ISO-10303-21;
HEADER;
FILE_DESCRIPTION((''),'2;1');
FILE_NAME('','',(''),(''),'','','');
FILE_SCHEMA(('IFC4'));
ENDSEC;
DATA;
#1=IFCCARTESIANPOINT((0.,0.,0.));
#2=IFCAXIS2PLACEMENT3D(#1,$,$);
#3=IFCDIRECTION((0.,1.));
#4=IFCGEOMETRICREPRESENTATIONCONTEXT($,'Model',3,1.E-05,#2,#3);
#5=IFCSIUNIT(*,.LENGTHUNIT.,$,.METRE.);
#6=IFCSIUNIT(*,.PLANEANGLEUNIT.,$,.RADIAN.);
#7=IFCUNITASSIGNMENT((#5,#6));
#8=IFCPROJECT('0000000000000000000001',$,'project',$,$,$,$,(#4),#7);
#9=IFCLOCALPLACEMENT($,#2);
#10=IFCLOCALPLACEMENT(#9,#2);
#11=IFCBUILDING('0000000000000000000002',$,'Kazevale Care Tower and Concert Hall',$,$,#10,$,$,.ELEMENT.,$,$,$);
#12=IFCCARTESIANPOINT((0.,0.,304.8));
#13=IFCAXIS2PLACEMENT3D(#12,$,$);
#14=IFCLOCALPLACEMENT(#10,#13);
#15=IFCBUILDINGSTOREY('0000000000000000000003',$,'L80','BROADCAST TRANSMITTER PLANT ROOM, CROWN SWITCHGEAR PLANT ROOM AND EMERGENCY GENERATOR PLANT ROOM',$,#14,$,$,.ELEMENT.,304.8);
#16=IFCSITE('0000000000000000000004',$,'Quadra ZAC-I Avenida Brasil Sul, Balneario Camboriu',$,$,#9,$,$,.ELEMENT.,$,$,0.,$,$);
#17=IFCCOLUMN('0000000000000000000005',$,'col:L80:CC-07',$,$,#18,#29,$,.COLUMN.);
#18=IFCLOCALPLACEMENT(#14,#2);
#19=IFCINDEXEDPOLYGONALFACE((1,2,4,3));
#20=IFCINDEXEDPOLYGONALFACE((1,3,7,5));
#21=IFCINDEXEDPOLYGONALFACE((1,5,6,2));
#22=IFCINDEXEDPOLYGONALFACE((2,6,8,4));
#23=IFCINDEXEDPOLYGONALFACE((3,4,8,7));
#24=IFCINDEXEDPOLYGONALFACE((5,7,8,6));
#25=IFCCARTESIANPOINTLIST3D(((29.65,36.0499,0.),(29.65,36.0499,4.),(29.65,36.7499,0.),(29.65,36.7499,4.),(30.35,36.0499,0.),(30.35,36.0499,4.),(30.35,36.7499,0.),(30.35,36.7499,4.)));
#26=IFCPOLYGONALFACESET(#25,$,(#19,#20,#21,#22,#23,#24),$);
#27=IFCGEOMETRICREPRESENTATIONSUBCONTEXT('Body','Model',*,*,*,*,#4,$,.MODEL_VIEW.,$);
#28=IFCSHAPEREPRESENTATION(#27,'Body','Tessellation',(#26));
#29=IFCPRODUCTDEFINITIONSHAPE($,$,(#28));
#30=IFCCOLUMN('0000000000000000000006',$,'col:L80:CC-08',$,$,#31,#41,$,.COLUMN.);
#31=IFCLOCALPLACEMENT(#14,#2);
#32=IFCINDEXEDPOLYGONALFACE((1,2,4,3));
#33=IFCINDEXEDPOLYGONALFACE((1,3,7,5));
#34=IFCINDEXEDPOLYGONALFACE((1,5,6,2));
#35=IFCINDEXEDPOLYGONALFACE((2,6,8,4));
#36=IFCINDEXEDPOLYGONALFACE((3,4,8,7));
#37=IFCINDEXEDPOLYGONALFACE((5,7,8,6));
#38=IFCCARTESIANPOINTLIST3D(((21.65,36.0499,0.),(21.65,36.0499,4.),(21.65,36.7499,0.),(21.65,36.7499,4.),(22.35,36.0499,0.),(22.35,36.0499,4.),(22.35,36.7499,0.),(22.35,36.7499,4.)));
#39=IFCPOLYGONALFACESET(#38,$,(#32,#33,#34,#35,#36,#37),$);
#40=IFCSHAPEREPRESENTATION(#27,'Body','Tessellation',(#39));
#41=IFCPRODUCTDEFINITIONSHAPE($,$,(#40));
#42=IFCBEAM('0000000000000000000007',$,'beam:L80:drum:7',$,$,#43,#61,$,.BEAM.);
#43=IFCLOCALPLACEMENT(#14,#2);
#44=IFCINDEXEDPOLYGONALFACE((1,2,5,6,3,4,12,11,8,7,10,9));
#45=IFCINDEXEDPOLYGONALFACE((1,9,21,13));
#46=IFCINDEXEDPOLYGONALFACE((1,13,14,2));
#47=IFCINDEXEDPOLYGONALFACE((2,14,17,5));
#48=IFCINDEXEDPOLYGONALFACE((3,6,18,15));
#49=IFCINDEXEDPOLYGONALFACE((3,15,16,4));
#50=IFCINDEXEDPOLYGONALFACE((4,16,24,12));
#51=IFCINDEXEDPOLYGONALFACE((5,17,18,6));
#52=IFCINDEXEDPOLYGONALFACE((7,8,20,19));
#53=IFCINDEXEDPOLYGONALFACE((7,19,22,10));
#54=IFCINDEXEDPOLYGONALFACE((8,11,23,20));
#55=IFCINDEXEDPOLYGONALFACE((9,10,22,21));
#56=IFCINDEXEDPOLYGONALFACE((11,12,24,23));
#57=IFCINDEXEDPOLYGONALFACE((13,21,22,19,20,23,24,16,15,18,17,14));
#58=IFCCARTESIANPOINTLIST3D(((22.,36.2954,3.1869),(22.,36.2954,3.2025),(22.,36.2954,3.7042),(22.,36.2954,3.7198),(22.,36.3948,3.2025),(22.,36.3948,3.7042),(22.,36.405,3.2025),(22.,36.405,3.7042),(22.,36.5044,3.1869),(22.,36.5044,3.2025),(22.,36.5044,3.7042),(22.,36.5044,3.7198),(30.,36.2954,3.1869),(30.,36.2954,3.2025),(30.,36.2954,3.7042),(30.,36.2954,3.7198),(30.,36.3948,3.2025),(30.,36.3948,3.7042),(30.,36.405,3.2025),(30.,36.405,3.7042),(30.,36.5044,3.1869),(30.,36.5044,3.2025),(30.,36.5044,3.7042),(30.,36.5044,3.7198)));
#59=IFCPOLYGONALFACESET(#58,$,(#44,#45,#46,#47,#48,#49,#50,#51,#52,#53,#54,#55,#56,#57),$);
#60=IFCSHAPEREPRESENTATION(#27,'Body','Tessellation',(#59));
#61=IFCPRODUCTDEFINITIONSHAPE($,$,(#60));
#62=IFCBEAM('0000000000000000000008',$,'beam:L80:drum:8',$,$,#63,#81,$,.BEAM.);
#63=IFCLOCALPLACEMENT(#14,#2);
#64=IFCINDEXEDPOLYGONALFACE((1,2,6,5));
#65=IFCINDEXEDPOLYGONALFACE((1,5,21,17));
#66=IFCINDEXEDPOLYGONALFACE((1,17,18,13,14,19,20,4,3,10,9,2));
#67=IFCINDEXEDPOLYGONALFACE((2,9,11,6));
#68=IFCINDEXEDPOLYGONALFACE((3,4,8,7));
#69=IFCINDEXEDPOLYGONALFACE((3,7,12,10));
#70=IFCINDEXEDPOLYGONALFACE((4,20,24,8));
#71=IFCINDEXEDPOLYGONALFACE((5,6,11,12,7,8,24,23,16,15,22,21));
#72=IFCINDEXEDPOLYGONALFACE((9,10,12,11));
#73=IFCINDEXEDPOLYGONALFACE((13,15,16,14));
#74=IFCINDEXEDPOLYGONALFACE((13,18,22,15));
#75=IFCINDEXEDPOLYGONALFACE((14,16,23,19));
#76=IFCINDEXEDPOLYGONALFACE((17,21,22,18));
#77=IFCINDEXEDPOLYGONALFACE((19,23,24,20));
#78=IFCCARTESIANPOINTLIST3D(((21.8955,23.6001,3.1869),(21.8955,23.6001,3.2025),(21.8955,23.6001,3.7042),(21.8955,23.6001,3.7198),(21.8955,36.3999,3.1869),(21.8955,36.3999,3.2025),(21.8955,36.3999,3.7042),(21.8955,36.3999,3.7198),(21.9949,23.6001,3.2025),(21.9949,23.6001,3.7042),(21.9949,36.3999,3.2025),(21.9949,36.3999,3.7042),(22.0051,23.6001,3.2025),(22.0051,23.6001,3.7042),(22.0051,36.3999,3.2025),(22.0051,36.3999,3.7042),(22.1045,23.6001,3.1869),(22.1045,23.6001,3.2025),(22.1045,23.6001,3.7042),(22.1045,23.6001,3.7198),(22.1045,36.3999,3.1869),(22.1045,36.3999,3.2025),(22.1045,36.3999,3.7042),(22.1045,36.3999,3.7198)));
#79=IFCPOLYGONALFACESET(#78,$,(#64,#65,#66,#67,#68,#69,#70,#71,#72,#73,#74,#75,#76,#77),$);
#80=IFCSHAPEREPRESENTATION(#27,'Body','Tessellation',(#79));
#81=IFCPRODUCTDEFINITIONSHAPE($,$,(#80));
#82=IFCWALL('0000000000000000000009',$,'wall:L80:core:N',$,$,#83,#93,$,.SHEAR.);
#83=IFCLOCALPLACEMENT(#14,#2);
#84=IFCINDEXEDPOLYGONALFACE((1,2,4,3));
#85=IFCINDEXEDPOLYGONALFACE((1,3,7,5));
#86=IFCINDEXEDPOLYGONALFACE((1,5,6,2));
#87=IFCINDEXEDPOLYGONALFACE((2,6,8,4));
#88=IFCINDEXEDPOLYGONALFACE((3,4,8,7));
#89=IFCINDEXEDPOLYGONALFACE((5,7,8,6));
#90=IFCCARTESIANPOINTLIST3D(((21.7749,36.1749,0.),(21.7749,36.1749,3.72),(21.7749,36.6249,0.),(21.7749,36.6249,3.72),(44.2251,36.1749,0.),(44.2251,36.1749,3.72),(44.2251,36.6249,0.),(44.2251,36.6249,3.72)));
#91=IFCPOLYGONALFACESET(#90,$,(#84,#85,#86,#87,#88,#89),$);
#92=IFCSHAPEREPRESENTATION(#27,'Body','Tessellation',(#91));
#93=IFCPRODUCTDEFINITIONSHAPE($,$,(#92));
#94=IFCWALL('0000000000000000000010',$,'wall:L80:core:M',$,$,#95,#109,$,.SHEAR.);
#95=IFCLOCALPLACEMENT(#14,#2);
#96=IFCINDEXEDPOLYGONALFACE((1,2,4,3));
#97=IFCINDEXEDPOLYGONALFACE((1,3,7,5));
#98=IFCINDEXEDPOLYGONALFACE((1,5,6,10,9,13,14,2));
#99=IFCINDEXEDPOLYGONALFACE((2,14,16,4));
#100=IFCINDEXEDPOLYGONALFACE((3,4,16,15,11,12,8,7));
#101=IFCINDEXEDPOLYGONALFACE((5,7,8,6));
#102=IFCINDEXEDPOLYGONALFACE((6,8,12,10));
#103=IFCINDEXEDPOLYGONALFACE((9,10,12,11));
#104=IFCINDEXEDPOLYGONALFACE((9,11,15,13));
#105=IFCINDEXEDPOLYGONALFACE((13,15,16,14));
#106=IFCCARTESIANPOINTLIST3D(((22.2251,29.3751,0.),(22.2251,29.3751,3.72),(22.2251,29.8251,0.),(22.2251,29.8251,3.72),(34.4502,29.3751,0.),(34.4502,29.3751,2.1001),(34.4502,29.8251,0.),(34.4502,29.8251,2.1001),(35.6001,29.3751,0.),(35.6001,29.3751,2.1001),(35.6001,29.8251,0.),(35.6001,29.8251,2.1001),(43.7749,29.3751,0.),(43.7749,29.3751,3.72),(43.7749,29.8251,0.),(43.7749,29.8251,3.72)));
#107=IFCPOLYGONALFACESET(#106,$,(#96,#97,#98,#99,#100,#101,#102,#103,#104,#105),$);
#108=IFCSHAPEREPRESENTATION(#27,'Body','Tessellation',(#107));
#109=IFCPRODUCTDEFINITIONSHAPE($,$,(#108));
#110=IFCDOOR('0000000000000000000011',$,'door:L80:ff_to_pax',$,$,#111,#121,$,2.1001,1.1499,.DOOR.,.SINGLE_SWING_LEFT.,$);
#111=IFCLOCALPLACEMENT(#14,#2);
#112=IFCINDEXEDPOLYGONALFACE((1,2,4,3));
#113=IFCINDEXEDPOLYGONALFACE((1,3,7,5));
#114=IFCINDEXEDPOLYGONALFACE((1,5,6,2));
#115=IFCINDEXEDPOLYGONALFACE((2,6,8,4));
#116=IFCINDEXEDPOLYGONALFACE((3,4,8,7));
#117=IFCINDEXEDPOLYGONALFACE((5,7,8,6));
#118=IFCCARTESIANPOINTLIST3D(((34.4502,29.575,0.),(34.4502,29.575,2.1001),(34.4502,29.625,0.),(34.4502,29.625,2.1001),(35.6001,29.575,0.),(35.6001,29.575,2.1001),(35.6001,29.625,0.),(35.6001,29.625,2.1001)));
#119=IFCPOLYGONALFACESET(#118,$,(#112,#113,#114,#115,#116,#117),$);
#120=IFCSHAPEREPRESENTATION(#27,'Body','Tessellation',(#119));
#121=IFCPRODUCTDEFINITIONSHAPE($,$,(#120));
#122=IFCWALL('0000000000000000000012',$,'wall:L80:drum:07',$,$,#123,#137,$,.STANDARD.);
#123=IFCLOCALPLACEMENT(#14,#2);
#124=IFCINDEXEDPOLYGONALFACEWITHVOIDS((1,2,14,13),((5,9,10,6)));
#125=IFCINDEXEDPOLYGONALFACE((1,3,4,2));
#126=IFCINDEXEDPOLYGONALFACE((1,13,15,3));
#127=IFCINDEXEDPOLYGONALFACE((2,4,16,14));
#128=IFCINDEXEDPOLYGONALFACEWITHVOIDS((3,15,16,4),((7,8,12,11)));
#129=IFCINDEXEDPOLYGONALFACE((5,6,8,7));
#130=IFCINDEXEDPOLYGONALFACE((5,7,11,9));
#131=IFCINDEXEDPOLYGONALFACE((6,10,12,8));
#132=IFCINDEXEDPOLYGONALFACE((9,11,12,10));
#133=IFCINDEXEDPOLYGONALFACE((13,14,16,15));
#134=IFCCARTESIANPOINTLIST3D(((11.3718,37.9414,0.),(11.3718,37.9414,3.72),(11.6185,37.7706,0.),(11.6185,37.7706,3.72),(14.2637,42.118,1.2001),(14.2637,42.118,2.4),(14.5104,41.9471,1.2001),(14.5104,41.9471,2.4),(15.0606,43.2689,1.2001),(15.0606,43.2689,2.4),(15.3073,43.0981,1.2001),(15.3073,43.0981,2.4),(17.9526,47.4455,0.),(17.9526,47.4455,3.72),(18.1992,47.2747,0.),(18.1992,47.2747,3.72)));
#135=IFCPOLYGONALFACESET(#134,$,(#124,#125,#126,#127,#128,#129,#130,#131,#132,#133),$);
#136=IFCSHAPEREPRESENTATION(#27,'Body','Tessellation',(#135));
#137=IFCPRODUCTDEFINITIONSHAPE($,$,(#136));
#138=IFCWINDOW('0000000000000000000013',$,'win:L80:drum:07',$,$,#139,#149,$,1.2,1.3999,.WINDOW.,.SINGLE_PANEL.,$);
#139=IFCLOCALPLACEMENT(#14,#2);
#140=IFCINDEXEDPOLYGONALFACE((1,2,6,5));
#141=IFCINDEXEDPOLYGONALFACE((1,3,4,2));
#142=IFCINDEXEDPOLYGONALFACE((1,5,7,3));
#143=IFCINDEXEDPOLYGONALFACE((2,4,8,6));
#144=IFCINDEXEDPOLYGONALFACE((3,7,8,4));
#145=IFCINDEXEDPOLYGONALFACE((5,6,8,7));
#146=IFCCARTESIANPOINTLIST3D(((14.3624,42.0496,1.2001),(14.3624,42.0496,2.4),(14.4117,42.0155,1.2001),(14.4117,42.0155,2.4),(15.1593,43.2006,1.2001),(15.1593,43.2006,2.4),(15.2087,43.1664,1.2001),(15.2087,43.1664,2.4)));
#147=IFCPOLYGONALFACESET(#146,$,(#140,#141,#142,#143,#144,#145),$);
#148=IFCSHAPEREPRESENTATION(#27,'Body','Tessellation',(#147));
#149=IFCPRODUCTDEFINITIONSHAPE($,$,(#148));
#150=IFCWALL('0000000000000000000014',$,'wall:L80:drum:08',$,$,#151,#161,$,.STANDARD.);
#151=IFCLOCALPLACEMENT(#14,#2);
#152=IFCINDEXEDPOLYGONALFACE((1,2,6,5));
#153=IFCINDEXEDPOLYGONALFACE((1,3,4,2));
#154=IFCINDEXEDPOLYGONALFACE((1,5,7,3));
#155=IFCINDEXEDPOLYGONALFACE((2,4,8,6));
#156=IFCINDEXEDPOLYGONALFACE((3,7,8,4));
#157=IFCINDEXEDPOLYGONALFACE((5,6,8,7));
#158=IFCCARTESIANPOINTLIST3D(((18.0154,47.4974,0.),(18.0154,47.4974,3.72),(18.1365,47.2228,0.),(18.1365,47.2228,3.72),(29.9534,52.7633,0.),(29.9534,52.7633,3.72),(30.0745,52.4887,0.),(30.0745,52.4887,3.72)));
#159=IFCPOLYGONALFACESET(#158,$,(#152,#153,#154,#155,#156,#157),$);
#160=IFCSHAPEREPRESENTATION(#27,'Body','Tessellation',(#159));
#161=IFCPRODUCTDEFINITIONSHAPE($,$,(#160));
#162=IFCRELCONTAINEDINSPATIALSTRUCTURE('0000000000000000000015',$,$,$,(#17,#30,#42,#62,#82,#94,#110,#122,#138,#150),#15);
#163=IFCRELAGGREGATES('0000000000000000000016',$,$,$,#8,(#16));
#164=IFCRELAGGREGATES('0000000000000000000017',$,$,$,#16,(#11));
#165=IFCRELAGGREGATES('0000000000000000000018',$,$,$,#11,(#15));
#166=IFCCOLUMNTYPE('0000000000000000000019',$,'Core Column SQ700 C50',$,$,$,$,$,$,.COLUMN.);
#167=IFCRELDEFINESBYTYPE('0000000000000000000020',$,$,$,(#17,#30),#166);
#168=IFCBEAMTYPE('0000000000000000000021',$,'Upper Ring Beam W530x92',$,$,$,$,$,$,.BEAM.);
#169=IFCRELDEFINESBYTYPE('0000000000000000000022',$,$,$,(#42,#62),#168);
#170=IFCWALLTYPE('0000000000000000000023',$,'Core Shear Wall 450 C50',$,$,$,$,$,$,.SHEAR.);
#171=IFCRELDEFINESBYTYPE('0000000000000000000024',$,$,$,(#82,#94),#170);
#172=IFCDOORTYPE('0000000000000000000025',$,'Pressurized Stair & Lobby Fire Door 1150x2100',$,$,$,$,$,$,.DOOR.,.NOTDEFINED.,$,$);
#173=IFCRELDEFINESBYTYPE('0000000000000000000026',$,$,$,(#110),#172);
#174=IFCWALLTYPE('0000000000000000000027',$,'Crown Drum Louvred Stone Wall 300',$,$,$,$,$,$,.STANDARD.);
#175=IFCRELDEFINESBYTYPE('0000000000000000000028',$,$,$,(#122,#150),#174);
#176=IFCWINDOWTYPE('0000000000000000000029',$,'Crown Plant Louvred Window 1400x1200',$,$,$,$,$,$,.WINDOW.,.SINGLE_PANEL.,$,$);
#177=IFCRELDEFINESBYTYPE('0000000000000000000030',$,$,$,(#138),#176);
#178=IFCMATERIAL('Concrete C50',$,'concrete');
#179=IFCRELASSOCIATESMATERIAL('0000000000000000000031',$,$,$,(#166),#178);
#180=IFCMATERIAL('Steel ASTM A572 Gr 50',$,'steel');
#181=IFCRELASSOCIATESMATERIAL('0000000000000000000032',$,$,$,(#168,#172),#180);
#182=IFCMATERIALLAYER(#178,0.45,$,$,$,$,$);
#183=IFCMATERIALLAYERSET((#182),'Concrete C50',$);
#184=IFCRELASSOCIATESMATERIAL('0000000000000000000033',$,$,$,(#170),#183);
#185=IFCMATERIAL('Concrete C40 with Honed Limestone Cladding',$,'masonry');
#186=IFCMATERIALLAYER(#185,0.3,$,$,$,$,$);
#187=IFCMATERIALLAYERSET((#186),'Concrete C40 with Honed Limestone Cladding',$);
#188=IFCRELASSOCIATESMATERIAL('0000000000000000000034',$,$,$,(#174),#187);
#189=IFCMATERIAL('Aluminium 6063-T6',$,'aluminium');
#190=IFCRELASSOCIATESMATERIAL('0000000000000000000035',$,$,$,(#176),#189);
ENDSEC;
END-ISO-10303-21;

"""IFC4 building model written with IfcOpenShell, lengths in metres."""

from ifc_helpers import new_model, si_unit, direction, frame, frame_2d, origin, origin_2d, place, context, subcontext, project, spatial, rectangle, i_section, extrude, material, layer, layer_set, material_profile, profile_set, type_object, element, fill, save


model = new_model("IFC4")

# Units and contexts
model_context = context("Model", 3, precision=1e-05, world=origin(), true_north=direction((0.0, 1.0)))
body_context = subcontext(model_context, "Body", "Model", "MODEL_VIEW")
ifc_project = project(units=[si_unit("LENGTHUNIT", "METRE"), si_unit("PLANEANGLEUNIT", "RADIAN")], contexts=[model_context])

# Site, building, storey
site_placement = place(None, origin())
site = spatial("IfcSite", under=ifc_project, at=site_placement, Name="Quadra ZAC-I Avenida Brasil Sul, Balneario Camboriu", CompositionType="ELEMENT", RefElevation=0.0)
building_placement = place(site_placement, origin())
building = spatial("IfcBuilding", under=site, at=building_placement, Name="Kazevale Care Tower and Concert Hall", CompositionType="ELEMENT")
storey_placement = place(building_placement, frame((0.0, 0.0, 304.8)))
storey = spatial("IfcBuildingStorey", under=building, at=storey_placement, Name="L80", Description="BROADCAST TRANSMITTER PLANT ROOM, CROWN SWITCHGEAR PLANT ROOM AND EMERGENCY GENERATOR PLANT ROOM", CompositionType="ELEMENT", Elevation=304.8)

# Columns
ifc_material_1 = material(Name="Concrete C50", Category="concrete")
ifc_material_profile_1 = material_profile(ifc_material_1, rectangle(XDim=0.7, YDim=0.7, at=origin_2d()), Name="RC-SQ700")
ifc_profile_set_1 = profile_set([ifc_material_profile_1], Name="Concrete C50")
column_type = type_object("IfcColumnType", Name="Core Column SQ700 C50", PredefinedType="COLUMN", material=ifc_profile_set_1)
for number, where, z_axis, x_axis, name in (
    (1, (30.0, 36.3999, 0.0), (0.0, 0.0, 1.0), (1.0, 0.0, 0.0), "col:L80:CC-07"),
    (2, (22.0, 36.3999, 0.0), (0.0, 0.0, 1.0), (1.0, 0.0, 0.0), "col:L80:CC-08"),
):
    element("IfcColumn", number, at=place(storey_placement, frame(where, z_axis=z_axis, x_axis=x_axis)), inside=storey, type_object=column_type, Name=name, PredefinedType="COLUMN", context=body_context, shape_type="SweptSolid", body=[
        extrude(rectangle(XDim=0.7, YDim=0.7, at=origin_2d()), origin(), (0.0, 0.0, 1.0), 4.0),
    ])

# Beams
ifc_material_2 = material(Name="Steel ASTM A572 Gr 50", Category="steel")
ifc_material_profile_2 = material_profile(ifc_material_2, i_section(OverallWidth=0.209, OverallDepth=0.533, WebThickness=0.0103, FlangeThickness=0.0156, at=origin_2d()), Name="W530x92")
ifc_profile_set_2 = profile_set([ifc_material_profile_2], Name="Steel ASTM A572 Gr 50")
beam_type = type_object("IfcBeamType", Name="Upper Ring Beam W530x92", PredefinedType="BEAM", material=ifc_profile_set_2)
beam_1_placement = place(storey_placement, frame((30.0, 36.3999, 3.4534), z_axis=(-1.0, 0.0, 0.0), x_axis=(0.0, -1.0, 0.0)))
element("IfcBeam", 3, at=beam_1_placement, inside=storey, type_object=beam_type, Name="beam:L80:drum:7", PredefinedType="BEAM", context=body_context, shape_type="SweptSolid", body=[
    extrude(i_section(OverallWidth=0.209, OverallDepth=0.533, WebThickness=0.0103, FlangeThickness=0.0156, at=origin_2d()), origin(), (0.0, 0.0, 1.0), 8.0),
])
beam_2_placement = place(storey_placement, frame((22.0, 36.3999, 3.4534), z_axis=(0.0, -1.0, 0.0), x_axis=(1.0, 0.0, 0.0)))
element("IfcBeam", 4, at=beam_2_placement, inside=storey, type_object=beam_type, Name="beam:L80:drum:8", PredefinedType="BEAM", context=body_context, shape_type="SweptSolid", body=[
    extrude(i_section(OverallWidth=0.209, OverallDepth=0.533, WebThickness=0.0103, FlangeThickness=0.0156, at=origin_2d()), origin(), (0.0, 0.0, 1.0), 12.7998),
])

# Wall
ifc_layer_1 = layer(ifc_material_1, 0.45)
ifc_layer_set_1 = layer_set([ifc_layer_1], Name="Concrete C50")
wall_type_1 = type_object("IfcWallType", Name="Core Shear Wall 450 C50", PredefinedType="SHEAR", material=ifc_layer_set_1)
wall_1_placement = place(storey_placement, frame((21.7749, 36.3999, 0.0), z_axis=(0.0, 0.0, 1.0), x_axis=(1.0, 0.0, 0.0)))
element("IfcWall", 5, at=wall_1_placement, inside=storey, type_object=wall_type_1, Name="wall:L80:core:N", PredefinedType="SHEAR", context=body_context, shape_type="SweptSolid", body=[
    extrude(rectangle(XDim=22.4502, YDim=0.45, at=frame_2d((11.2251, 0.0))), origin(), (0.0, 0.0, 1.0), 3.72),
])

# Wall, opening, door
wall_2_placement = place(storey_placement, frame((22.2251, 29.6001, 0.0), z_axis=(0.0, 0.0, 1.0), x_axis=(1.0, 0.0, 0.0)))
wall_2 = element("IfcWall", 6, at=wall_2_placement, inside=storey, type_object=wall_type_1, Name="wall:L80:core:M", PredefinedType="SHEAR", context=body_context, shape_type="SweptSolid", body=[
    extrude(rectangle(XDim=21.5498, YDim=0.45, at=frame_2d((10.7749, 0.0))), origin(), (0.0, 0.0, 1.0), 3.72),
])
opening_1_placement = place(wall_2_placement, frame((12.2251, 0.0, 0.0)))
opening_1 = element("IfcOpeningElement", 7, at=opening_1_placement, cuts=wall_2, PredefinedType="OPENING", context=body_context, shape_type="SweptSolid", body=[
    extrude(rectangle(XDim=1.1499, YDim=2.1001, at=frame_2d((0.575, 1.05))), frame((0.0, 0.2349, 0.0), z_axis=(0.0, -1.0, 0.0), x_axis=(1.0, 0.0, 0.0)), (0.0, 0.0, 1.0), 0.47),
])
door_type_1 = type_object("IfcDoorType", Name="Pressurized Stair & Lobby Fire Door 1150x2100", OperationType="NOTDEFINED", PredefinedType="DOOR", material=ifc_material_2)
door_1_placement = place(opening_1_placement, origin())
door_1 = element("IfcDoor", 8, at=door_1_placement, inside=storey, type_object=door_type_1, Name="door:L80:ff_to_pax", OperationType="SINGLE_SWING_LEFT", OverallHeight=2.1001, OverallWidth=1.1499, PredefinedType="DOOR", context=body_context, shape_type="SweptSolid", body=[
    extrude(rectangle(XDim=1.1499, YDim=2.1001, at=frame_2d((0.575, 1.05))), frame((0.0, 0.0249, 0.0), z_axis=(0.0, -1.0, 0.0), x_axis=(1.0, 0.0, 0.0)), (0.0, 0.0, 1.0), 0.05),
])
fill(opening_1, door_1)

# Wall, opening, window
ifc_material_3 = material(Name="Concrete C40 with Honed Limestone Cladding", Category="masonry")
ifc_layer_2 = layer(ifc_material_3, 0.3)
ifc_layer_set_2 = layer_set([ifc_layer_2], Name="Concrete C40 with Honed Limestone Cladding")
wall_type_2 = type_object("IfcWallType", Name="Crown Drum Louvred Stone Wall 300", PredefinedType="STANDARD", material=ifc_layer_set_2)
wall_3_placement = place(storey_placement, frame((11.4951, 37.856, 0.0), z_axis=(0.0, 0.0, 1.0), x_axis=(0.569269, 0.822151, 0.0)))
wall_3 = element("IfcWall", 9, at=wall_3_placement, inside=storey, type_object=wall_type_2, Name="wall:L80:drum:07", PredefinedType="STANDARD", context=body_context, shape_type="SweptSolid", body=[
    extrude(rectangle(XDim=11.5601, YDim=0.3, at=frame_2d((5.78, 0.0))), origin(), (0.0, 0.0, 1.0), 3.72),
])
opening_2_placement = place(wall_3_placement, frame((5.0801, 0.0, 1.2)))
opening_2 = element("IfcOpeningElement", 10, at=opening_2_placement, cuts=wall_3, PredefinedType="OPENING", context=body_context, shape_type="SweptSolid", body=[
    extrude(rectangle(XDim=1.3999, YDim=1.2, at=frame_2d((0.7, 0.6001))), frame((0.0, 0.1599, 0.0), z_axis=(0.0, -1.0, 0.0), x_axis=(1.0, 0.0, 0.0)), (0.0, 0.0, 1.0), 0.3201),
])
ifc_material_4 = material(Name="Aluminium 6063-T6", Category="aluminium")
window_type = type_object("IfcWindowType", Name="Crown Plant Louvred Window 1400x1200", PartitioningType="SINGLE_PANEL", PredefinedType="WINDOW", material=ifc_material_4)
window_1_placement = place(opening_2_placement, origin())
window_1 = element("IfcWindow", 11, at=window_1_placement, inside=storey, type_object=window_type, Name="win:L80:drum:07", OverallHeight=1.2, OverallWidth=1.3999, PartitioningType="SINGLE_PANEL", PredefinedType="WINDOW", context=body_context, shape_type="SweptSolid", body=[
    extrude(rectangle(XDim=1.3999, YDim=1.2, at=frame_2d((0.7, 0.6001))), frame((0.0, 0.03, 0.0), z_axis=(0.0, -1.0, 0.0), x_axis=(1.0, 0.0, 0.0)), (0.0, 0.0, 1.0), 0.0601),
])
fill(opening_2, window_1)

# Wall
wall_4_placement = place(storey_placement, frame((18.0759, 47.3601, 0.0), z_axis=(0.0, 0.0, 1.0), x_axis=(0.914943, 0.403583, 0.0)))
element("IfcWall", 12, at=wall_4_placement, inside=storey, type_object=wall_type_2, Name="wall:L80:drum:08", PredefinedType="STANDARD", context=body_context, shape_type="SweptSolid", body=[
    extrude(rectangle(XDim=13.0479, YDim=0.3, at=frame_2d((6.5239, 0.0))), origin(), (0.0, 0.0, 1.0), 3.72),
])

save(model, "model.ifc")
